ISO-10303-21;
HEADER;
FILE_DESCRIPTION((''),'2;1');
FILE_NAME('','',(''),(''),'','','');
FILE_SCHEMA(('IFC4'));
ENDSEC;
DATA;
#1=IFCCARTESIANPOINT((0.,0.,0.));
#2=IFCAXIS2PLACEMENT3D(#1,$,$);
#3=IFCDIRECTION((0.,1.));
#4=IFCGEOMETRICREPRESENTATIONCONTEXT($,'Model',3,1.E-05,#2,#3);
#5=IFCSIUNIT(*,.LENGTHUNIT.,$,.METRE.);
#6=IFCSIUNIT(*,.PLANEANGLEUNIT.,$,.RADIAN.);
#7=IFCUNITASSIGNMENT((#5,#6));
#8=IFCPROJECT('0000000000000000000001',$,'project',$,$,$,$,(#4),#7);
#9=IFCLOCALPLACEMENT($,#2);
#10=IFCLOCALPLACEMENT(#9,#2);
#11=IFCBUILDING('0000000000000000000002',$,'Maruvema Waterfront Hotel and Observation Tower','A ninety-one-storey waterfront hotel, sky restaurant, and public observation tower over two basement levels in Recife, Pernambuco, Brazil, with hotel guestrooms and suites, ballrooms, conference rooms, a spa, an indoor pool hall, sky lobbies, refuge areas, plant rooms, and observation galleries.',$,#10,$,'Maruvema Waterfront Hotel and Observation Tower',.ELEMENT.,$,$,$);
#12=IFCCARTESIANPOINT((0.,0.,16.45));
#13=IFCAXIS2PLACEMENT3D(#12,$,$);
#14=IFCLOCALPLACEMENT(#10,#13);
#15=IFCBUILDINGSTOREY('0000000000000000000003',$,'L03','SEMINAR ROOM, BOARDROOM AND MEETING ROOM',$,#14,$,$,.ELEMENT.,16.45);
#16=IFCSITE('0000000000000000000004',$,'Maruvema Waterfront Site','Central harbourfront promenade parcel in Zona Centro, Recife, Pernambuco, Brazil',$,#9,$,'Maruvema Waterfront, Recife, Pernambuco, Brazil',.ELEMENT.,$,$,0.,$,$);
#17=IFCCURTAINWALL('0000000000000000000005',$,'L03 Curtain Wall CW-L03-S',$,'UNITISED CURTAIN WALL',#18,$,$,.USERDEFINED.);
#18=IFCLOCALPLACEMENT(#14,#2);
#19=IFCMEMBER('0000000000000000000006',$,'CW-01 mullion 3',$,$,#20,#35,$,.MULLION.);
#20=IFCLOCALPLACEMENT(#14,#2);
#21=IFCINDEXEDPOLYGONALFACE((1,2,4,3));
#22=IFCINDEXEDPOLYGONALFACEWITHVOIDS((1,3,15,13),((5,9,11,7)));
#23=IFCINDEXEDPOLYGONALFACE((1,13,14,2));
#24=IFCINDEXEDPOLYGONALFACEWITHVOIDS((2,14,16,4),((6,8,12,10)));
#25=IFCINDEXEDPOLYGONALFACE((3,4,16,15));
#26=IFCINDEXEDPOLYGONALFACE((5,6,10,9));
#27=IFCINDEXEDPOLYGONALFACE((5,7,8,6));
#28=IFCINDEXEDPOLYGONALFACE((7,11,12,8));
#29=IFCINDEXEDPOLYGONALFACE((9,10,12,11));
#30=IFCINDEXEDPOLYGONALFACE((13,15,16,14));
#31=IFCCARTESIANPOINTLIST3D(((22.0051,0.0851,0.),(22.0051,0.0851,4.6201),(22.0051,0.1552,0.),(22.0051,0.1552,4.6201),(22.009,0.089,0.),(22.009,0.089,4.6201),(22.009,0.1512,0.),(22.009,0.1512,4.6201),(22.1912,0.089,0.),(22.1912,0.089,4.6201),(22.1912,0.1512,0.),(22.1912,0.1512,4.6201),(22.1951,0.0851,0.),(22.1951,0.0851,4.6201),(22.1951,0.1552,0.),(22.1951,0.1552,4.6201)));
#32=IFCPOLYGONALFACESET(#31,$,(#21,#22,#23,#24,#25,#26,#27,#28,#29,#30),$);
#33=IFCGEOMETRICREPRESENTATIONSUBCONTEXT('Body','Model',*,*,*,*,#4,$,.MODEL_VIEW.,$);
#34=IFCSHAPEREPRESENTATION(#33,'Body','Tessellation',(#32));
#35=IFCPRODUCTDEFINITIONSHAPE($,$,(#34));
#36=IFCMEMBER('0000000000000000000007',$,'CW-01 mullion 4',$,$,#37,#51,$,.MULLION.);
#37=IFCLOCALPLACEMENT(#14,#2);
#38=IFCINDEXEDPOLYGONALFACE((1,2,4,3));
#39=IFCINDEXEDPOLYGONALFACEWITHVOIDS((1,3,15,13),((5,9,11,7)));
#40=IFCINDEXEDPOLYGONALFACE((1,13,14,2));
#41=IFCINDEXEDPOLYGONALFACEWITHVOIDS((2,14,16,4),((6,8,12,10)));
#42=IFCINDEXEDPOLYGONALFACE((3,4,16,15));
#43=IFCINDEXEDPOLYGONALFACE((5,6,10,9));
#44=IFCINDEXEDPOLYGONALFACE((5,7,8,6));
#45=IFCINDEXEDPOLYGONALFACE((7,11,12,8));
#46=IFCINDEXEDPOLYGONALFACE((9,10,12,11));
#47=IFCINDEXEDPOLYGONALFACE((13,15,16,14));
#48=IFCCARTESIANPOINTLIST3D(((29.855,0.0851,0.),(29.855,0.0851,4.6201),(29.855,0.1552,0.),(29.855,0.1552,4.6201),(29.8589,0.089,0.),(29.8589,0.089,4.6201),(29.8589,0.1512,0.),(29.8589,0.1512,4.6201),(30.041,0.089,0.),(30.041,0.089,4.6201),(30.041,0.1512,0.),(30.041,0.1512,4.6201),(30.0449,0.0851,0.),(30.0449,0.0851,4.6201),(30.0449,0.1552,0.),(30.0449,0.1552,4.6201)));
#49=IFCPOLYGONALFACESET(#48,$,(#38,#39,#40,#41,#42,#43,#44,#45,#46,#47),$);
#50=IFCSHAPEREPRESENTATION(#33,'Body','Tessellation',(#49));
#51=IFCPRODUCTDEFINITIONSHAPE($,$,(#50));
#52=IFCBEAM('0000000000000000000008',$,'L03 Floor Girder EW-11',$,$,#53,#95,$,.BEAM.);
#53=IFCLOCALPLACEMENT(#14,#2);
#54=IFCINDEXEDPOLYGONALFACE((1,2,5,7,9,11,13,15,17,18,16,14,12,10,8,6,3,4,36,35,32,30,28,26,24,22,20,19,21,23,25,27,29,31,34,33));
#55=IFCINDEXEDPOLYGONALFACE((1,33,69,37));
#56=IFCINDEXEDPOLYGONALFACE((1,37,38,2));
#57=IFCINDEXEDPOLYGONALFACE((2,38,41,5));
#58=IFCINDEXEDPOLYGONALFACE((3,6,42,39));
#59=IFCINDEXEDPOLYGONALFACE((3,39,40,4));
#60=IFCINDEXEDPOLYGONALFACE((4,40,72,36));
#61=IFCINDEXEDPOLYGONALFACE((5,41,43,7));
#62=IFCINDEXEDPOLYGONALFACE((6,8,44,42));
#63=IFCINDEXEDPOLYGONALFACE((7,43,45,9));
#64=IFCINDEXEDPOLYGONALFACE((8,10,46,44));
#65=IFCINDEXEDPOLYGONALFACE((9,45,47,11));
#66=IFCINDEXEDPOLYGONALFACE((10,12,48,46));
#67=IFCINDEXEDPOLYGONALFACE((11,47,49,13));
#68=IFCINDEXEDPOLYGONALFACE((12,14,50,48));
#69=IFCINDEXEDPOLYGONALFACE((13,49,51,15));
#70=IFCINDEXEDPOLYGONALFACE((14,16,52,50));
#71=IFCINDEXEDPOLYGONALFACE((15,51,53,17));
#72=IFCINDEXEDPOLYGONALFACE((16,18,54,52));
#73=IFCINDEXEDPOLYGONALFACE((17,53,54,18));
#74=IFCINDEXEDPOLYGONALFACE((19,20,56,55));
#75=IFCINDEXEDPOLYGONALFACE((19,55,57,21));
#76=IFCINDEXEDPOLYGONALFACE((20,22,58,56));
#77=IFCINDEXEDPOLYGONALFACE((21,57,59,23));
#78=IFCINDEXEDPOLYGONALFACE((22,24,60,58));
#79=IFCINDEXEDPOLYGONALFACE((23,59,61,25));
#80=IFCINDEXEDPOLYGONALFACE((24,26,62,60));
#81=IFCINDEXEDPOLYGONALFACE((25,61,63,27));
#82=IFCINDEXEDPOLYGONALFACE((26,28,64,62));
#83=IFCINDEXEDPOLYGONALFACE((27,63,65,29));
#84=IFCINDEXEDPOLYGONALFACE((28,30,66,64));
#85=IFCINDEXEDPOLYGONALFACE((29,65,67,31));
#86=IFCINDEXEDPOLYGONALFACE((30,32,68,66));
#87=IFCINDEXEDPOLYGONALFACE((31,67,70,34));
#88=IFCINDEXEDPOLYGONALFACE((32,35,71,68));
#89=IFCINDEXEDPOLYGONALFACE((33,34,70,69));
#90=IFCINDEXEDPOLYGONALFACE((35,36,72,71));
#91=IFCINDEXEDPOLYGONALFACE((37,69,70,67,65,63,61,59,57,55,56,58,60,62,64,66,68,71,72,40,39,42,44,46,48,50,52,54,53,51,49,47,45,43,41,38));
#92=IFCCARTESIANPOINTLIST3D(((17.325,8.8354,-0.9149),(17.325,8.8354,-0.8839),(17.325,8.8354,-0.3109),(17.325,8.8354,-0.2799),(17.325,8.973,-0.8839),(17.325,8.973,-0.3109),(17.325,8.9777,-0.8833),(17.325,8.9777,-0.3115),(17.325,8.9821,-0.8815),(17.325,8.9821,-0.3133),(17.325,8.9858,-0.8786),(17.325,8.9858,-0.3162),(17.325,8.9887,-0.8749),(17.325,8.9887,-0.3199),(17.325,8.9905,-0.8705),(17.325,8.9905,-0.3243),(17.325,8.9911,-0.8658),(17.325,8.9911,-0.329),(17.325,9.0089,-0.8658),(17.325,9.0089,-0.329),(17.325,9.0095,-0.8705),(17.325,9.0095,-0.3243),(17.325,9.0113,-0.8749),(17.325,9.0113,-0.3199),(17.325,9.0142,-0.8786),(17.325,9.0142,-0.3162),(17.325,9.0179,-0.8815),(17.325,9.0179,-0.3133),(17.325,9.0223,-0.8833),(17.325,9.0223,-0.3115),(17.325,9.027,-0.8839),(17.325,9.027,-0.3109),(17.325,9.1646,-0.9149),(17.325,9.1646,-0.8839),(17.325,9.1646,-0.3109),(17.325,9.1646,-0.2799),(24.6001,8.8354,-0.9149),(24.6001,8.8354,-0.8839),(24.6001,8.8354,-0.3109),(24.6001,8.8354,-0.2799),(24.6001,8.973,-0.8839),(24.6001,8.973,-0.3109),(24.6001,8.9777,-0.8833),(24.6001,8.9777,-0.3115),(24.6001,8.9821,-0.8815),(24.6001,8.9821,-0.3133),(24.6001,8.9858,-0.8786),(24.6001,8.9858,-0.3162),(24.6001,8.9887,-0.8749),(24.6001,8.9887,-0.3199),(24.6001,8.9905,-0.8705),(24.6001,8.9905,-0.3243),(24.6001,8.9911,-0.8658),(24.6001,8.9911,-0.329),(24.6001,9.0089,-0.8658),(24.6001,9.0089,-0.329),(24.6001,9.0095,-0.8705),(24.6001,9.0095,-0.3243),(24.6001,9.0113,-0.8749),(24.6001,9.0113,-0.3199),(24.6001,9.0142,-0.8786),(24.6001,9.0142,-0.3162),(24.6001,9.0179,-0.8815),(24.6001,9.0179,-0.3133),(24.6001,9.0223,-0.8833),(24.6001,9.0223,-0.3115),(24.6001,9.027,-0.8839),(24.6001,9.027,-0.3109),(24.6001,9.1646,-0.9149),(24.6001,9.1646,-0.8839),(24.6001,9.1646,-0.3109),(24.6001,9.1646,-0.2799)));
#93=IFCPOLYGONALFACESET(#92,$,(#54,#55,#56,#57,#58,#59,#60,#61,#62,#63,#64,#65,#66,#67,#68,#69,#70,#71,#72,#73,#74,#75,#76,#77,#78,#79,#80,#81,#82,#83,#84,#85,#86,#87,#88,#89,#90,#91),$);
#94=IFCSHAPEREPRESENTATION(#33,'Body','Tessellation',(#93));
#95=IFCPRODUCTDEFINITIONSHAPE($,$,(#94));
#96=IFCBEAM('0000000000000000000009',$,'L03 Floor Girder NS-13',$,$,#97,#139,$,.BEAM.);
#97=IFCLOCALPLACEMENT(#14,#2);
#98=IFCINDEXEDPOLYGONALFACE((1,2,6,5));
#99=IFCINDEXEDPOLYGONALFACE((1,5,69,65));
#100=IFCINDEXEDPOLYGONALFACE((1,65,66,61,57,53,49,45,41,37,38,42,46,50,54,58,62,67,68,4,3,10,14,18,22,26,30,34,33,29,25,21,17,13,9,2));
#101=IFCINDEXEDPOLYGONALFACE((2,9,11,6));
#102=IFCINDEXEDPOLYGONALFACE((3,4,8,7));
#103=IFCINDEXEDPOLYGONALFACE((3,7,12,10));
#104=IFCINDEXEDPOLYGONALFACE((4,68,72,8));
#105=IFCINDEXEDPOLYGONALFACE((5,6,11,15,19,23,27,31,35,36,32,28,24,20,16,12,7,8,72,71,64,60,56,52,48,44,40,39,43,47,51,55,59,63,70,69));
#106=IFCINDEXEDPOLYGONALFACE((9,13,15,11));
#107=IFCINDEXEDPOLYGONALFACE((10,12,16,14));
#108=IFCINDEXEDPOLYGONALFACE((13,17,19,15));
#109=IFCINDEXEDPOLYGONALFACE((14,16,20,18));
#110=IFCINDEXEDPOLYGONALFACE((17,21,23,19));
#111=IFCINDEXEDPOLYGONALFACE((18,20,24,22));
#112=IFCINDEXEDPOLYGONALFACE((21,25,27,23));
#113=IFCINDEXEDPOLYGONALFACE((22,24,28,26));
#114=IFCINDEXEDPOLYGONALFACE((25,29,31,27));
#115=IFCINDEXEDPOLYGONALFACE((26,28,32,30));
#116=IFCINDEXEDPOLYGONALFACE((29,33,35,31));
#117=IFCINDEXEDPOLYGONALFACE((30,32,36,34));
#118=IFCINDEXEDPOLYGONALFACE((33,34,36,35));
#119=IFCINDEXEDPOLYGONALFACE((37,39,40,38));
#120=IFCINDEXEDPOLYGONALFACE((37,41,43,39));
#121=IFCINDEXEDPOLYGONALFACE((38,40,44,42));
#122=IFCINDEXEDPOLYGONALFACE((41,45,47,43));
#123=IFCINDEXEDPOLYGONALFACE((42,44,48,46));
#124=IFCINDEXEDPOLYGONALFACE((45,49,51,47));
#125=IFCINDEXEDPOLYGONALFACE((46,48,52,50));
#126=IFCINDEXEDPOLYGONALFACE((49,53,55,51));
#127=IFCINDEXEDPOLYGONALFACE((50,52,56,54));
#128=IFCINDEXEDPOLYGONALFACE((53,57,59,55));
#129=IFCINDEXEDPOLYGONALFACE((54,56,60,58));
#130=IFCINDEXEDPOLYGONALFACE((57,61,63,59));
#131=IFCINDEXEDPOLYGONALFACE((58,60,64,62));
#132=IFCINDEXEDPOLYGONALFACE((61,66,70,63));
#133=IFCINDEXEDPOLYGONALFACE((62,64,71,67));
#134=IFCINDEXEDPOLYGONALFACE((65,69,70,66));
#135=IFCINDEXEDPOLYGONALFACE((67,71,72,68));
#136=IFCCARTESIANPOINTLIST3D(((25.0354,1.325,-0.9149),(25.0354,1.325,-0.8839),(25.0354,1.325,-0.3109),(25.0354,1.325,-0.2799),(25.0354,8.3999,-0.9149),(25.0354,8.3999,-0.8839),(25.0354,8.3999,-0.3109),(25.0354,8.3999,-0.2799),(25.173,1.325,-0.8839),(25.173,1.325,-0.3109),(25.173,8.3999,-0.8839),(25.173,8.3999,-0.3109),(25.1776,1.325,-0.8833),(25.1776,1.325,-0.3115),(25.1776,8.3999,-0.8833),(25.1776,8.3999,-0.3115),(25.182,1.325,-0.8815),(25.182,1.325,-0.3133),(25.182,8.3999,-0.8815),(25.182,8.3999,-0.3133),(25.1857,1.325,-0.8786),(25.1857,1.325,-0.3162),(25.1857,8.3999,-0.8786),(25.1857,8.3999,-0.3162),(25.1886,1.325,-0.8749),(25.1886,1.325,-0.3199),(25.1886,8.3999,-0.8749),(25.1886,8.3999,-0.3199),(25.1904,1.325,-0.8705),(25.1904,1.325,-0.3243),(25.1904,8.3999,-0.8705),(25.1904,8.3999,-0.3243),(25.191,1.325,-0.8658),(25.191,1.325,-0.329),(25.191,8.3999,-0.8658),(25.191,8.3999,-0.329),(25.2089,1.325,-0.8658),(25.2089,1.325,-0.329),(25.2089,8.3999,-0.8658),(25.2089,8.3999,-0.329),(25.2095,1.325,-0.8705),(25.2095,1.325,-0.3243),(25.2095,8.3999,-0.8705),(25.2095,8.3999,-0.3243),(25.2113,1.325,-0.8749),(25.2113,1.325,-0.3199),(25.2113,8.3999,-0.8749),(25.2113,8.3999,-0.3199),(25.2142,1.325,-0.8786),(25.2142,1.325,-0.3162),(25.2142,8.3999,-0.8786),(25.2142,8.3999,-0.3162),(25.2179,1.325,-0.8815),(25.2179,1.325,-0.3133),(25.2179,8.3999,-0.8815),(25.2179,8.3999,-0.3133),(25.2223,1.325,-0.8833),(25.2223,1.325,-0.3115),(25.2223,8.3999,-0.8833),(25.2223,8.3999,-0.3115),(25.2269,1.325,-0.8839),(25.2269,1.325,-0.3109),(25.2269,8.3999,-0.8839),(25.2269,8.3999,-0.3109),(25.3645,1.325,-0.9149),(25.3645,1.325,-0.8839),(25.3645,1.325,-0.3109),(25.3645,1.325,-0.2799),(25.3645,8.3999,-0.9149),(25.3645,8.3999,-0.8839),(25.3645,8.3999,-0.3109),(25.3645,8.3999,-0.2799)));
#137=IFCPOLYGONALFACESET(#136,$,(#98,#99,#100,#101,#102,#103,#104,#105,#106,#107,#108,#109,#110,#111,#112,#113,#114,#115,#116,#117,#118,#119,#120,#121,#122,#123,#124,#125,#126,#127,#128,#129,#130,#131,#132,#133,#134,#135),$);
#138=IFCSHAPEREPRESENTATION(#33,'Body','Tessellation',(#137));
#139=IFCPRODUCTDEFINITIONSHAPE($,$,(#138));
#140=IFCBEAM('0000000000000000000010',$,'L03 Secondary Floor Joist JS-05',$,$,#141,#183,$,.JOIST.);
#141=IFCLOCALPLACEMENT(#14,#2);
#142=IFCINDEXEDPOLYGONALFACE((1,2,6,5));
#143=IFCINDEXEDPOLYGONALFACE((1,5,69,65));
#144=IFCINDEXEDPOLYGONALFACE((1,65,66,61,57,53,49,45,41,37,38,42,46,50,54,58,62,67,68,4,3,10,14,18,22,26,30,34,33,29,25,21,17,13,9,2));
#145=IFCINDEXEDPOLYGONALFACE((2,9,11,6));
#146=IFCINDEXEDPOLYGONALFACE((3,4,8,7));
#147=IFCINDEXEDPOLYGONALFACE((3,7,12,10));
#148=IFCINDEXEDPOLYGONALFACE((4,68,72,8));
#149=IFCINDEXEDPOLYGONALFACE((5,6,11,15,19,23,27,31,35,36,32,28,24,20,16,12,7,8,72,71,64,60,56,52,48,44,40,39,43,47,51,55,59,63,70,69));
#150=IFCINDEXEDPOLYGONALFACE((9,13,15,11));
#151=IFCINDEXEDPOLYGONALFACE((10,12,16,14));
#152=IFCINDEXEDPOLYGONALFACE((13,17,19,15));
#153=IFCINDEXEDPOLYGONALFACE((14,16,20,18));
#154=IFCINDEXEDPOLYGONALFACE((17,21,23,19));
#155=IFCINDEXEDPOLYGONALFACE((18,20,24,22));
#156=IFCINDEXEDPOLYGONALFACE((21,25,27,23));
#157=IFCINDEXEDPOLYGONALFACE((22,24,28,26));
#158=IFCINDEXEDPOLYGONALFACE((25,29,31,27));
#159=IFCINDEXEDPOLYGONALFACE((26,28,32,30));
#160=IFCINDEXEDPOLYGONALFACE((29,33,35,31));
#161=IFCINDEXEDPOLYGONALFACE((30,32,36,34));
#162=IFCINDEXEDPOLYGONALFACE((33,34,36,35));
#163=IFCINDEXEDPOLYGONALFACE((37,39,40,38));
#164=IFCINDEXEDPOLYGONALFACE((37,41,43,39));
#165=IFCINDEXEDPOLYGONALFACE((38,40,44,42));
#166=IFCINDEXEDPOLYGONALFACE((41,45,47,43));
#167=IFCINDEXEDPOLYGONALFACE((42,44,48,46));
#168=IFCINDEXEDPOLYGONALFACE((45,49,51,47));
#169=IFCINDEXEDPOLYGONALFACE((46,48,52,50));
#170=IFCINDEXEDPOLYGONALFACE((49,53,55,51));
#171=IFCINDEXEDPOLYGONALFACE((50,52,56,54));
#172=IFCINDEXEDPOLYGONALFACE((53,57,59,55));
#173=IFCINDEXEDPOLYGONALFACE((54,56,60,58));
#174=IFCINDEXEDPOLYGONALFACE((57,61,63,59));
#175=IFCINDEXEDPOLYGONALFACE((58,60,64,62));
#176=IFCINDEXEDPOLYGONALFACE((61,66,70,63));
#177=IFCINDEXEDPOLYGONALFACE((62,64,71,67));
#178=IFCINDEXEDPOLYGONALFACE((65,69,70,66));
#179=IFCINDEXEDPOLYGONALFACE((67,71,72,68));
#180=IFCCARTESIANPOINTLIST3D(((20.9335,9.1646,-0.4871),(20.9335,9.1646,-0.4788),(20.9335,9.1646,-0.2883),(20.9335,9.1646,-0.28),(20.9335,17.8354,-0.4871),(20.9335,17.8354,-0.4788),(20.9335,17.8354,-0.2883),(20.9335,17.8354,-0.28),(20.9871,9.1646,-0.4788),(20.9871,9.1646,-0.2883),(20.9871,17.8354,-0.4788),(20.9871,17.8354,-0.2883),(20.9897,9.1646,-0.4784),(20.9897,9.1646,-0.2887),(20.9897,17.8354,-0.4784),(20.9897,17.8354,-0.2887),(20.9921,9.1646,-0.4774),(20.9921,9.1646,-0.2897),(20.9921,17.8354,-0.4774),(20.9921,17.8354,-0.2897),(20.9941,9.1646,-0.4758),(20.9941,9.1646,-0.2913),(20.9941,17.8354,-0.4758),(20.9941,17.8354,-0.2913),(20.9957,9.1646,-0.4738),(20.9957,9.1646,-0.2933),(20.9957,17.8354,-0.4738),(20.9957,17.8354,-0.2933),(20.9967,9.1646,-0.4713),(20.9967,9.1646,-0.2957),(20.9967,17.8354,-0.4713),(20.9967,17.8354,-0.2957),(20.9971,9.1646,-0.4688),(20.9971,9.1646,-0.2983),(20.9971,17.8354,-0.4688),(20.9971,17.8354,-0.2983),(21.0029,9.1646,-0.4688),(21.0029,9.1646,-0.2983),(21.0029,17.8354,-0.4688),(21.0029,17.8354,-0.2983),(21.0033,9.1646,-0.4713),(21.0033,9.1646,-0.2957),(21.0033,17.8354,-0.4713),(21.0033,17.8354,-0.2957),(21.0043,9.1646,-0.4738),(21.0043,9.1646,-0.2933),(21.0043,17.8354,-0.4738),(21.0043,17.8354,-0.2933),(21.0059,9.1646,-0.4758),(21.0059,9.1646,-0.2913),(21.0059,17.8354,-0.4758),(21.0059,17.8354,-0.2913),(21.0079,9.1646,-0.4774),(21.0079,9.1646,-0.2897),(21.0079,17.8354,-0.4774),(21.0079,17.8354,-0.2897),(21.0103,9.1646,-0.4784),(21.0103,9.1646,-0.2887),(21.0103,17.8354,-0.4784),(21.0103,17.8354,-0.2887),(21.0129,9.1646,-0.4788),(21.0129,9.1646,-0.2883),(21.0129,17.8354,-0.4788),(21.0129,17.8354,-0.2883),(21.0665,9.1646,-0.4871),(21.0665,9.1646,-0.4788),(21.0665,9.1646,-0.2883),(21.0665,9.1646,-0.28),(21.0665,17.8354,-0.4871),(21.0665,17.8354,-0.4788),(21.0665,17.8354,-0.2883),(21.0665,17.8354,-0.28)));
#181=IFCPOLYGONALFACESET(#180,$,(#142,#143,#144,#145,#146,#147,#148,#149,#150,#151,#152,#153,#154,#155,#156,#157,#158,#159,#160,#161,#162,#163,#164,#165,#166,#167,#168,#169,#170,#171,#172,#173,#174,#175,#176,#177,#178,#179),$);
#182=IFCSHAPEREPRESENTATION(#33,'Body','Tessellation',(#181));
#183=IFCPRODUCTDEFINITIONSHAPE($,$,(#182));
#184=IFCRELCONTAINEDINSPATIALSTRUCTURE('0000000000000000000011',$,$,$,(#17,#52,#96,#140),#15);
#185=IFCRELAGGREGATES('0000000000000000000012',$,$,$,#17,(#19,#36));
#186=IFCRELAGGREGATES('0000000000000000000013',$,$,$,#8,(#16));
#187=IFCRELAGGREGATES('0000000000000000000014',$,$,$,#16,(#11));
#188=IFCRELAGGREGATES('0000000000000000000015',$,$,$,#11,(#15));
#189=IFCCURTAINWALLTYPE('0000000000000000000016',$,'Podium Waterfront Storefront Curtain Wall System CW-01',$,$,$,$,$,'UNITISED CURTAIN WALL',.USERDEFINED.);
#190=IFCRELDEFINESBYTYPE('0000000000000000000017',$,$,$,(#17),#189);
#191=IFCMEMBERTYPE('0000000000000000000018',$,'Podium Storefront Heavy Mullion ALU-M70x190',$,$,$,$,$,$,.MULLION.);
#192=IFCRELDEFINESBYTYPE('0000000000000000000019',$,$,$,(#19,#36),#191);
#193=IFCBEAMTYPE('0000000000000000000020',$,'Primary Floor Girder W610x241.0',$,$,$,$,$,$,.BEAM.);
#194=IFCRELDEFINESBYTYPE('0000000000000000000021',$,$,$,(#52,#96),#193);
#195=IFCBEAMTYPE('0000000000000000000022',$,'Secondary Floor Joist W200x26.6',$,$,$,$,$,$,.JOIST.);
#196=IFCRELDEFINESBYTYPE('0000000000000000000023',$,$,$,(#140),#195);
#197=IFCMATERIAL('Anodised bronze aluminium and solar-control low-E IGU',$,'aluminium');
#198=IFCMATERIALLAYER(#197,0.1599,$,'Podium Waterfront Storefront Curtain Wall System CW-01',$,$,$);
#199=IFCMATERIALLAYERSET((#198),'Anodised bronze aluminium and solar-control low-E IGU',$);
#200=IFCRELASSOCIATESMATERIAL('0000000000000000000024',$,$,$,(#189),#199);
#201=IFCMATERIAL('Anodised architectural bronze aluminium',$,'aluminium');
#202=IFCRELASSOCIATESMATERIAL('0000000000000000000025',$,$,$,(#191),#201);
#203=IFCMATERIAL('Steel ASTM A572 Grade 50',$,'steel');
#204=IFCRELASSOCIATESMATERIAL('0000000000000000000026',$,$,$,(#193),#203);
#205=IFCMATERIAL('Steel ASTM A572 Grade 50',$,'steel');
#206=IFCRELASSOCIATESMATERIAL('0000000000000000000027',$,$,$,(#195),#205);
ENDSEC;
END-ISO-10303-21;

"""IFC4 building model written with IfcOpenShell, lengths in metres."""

from ifc_helpers import new_model, si_unit, direction, frame, origin, origin_2d, place, context, subcontext, project, spatial, hollow_rectangle, i_section, extrude, material, layer, layer_set, material_profile, profile_set, type_object, element, aggregate, save


model = new_model("IFC4")

# Units and contexts
model_context = context("Model", 3, precision=1e-05, world=origin(), true_north=direction((0.0, 1.0)))
body_context = subcontext(model_context, "Body", "Model", "MODEL_VIEW")
ifc_project = project(units=[si_unit("LENGTHUNIT", "METRE"), si_unit("PLANEANGLEUNIT", "RADIAN")], contexts=[model_context])

# Site, building, storey
site_placement = place(None, origin())
site = spatial("IfcSite", under=ifc_project, at=site_placement, Name="Maruvema Waterfront Site", Description="Central harbourfront promenade parcel in Zona Centro, Recife, Pernambuco, Brazil", LongName="Maruvema Waterfront, Recife, Pernambuco, Brazil", CompositionType="ELEMENT", RefElevation=0.0)
building_placement = place(site_placement, origin())
building = spatial("IfcBuilding", under=site, at=building_placement, Name="Maruvema Waterfront Hotel and Observation Tower", Description="A ninety-one-storey waterfront hotel, sky restaurant, and public observation tower over two basement levels in Recife, Pernambuco, Brazil, with hotel guestrooms and suites, ballrooms, conference rooms, a spa, an indoor pool hall, sky lobbies, refuge areas, plant rooms, and observation galleries.", LongName="Maruvema Waterfront Hotel and Observation Tower", CompositionType="ELEMENT")
storey_placement = place(building_placement, frame((0.0, 0.0, 16.45)))
storey = spatial("IfcBuildingStorey", under=building, at=storey_placement, Name="L03", Description="SEMINAR ROOM, BOARDROOM AND MEETING ROOM", CompositionType="ELEMENT", Elevation=16.45)

# Curtain wall
ifc_material_1 = material(Name="Anodised bronze aluminium and solar-control low-E IGU", Category="aluminium")
ifc_layer_1 = layer(ifc_material_1, 0.1599, Name="Podium Waterfront Storefront Curtain Wall System CW-01")
ifc_layer_set_1 = layer_set([ifc_layer_1], Name="Anodised bronze aluminium and solar-control low-E IGU")
curtain_wall_type = type_object("IfcCurtainWallType", Name="Podium Waterfront Storefront Curtain Wall System CW-01", ElementType="UNITISED CURTAIN WALL", PredefinedType="USERDEFINED", material=ifc_layer_set_1)
curtain_wall_placement = place(storey_placement, origin())
curtain_wall = element("IfcCurtainWall", 1, at=curtain_wall_placement, inside=storey, type_object=curtain_wall_type, Name="L03 Curtain Wall CW-L03-S", ObjectType="UNITISED CURTAIN WALL", PredefinedType="USERDEFINED")

# Members
ifc_material_2 = material(Name="Anodised architectural bronze aluminium", Category="aluminium")
ifc_material_profile_1 = material_profile(ifc_material_2, hollow_rectangle(XDim=0.0701, YDim=0.1899, WallThickness=0.0039, at=origin_2d()), Name="ALU-M70x190")
ifc_profile_set_1 = profile_set([ifc_material_profile_1], Name="Anodised architectural bronze aluminium")
member_type_1 = type_object("IfcMemberType", Name="Podium Storefront Heavy Mullion ALU-M70x190", PredefinedType="MULLION", material=ifc_profile_set_1)
member_1_placement = place(storey_placement, frame((22.1001, 0.1201, 0.0), z_axis=(0.0, 0.0, 1.0), x_axis=(0.0, 1.0, 0.0)))
member_1 = element("IfcMember", 2, at=member_1_placement, type_object=member_type_1, Name="CW-01 mullion 3", PredefinedType="MULLION", context=body_context, shape_type="SweptSolid", body=[
    extrude(hollow_rectangle(XDim=0.0701, YDim=0.1899, WallThickness=0.0039, at=origin_2d()), origin(), (0.0, 0.0, 1.0), 4.6201),
])
member_2_placement = place(storey_placement, frame((29.95, 0.1201, 0.0), z_axis=(0.0, 0.0, 1.0), x_axis=(0.0, 1.0, 0.0)))
member_2 = element("IfcMember", 3, at=member_2_placement, type_object=member_type_1, Name="CW-01 mullion 4", PredefinedType="MULLION", context=body_context, shape_type="SweptSolid", body=[
    extrude(hollow_rectangle(XDim=0.0701, YDim=0.1899, WallThickness=0.0039, at=origin_2d()), origin(), (0.0, 0.0, 1.0), 4.6201),
])

# Beams
ifc_material_3 = material(Name="Steel ASTM A572 Grade 50", Category="steel")
ifc_material_profile_2 = material_profile(ifc_material_3, i_section(OverallWidth=0.3291, OverallDepth=0.635, WebThickness=0.0178, FlangeThickness=0.031, FilletRadius=0.0181, at=origin_2d()), Name="W610x241.0")
ifc_profile_set_2 = profile_set([ifc_material_profile_2], Name="Steel ASTM A572 Grade 50")
beam_type_1 = type_object("IfcBeamType", Name="Primary Floor Girder W610x241.0", PredefinedType="BEAM", material=ifc_profile_set_2)
beam_1_placement = place(storey_placement, frame((17.325, 9.0, -0.5974), z_axis=(1.0, 0.0, 0.0), x_axis=(0.0, 1.0, 0.0)))
element("IfcBeam", 4, at=beam_1_placement, inside=storey, type_object=beam_type_1, Name="L03 Floor Girder EW-11", PredefinedType="BEAM", context=body_context, shape_type="SweptSolid", body=[
    extrude(i_section(OverallWidth=0.3291, OverallDepth=0.635, WebThickness=0.0178, FlangeThickness=0.031, FilletRadius=0.0181, at=origin_2d()), origin(), (0.0, 0.0, 1.0), 7.2751),
])
beam_2_placement = place(storey_placement, frame((25.2, 1.325, -0.5974), z_axis=(0.0, 1.0, 0.0), x_axis=(-1.0, 0.0, 0.0)))
element("IfcBeam", 5, at=beam_2_placement, inside=storey, type_object=beam_type_1, Name="L03 Floor Girder NS-13", PredefinedType="BEAM", context=body_context, shape_type="SweptSolid", body=[
    extrude(i_section(OverallWidth=0.3291, OverallDepth=0.635, WebThickness=0.0178, FlangeThickness=0.031, FilletRadius=0.0181, at=origin_2d()), origin(), (0.0, 0.0, 1.0), 7.075),
])
ifc_material_4 = material(Name="Steel ASTM A572 Grade 50", Category="steel")
ifc_material_profile_3 = material_profile(ifc_material_4, i_section(OverallWidth=0.1331, OverallDepth=0.207, WebThickness=0.0059, FlangeThickness=0.0083, FilletRadius=0.01, at=origin_2d()), Name="W200x26.6")
ifc_profile_set_3 = profile_set([ifc_material_profile_3], Name="Steel ASTM A572 Grade 50")
beam_type_2 = type_object("IfcBeamType", Name="Secondary Floor Joist W200x26.6", PredefinedType="JOIST", material=ifc_profile_set_3)
beam_3_placement = place(storey_placement, frame((21.0, 9.1646, -0.3835), z_axis=(0.0, 1.0, 0.0), x_axis=(-1.0, 0.0, 0.0)))
element("IfcBeam", 6, at=beam_3_placement, inside=storey, type_object=beam_type_2, Name="L03 Secondary Floor Joist JS-05", PredefinedType="JOIST", context=body_context, shape_type="SweptSolid", body=[
    extrude(i_section(OverallWidth=0.1331, OverallDepth=0.207, WebThickness=0.0059, FlangeThickness=0.0083, FilletRadius=0.01, at=origin_2d()), origin(), (0.0, 0.0, 1.0), 8.6709),
])

aggregate(curtain_wall, [member_1, member_2])

save(model, "model.ifc")
